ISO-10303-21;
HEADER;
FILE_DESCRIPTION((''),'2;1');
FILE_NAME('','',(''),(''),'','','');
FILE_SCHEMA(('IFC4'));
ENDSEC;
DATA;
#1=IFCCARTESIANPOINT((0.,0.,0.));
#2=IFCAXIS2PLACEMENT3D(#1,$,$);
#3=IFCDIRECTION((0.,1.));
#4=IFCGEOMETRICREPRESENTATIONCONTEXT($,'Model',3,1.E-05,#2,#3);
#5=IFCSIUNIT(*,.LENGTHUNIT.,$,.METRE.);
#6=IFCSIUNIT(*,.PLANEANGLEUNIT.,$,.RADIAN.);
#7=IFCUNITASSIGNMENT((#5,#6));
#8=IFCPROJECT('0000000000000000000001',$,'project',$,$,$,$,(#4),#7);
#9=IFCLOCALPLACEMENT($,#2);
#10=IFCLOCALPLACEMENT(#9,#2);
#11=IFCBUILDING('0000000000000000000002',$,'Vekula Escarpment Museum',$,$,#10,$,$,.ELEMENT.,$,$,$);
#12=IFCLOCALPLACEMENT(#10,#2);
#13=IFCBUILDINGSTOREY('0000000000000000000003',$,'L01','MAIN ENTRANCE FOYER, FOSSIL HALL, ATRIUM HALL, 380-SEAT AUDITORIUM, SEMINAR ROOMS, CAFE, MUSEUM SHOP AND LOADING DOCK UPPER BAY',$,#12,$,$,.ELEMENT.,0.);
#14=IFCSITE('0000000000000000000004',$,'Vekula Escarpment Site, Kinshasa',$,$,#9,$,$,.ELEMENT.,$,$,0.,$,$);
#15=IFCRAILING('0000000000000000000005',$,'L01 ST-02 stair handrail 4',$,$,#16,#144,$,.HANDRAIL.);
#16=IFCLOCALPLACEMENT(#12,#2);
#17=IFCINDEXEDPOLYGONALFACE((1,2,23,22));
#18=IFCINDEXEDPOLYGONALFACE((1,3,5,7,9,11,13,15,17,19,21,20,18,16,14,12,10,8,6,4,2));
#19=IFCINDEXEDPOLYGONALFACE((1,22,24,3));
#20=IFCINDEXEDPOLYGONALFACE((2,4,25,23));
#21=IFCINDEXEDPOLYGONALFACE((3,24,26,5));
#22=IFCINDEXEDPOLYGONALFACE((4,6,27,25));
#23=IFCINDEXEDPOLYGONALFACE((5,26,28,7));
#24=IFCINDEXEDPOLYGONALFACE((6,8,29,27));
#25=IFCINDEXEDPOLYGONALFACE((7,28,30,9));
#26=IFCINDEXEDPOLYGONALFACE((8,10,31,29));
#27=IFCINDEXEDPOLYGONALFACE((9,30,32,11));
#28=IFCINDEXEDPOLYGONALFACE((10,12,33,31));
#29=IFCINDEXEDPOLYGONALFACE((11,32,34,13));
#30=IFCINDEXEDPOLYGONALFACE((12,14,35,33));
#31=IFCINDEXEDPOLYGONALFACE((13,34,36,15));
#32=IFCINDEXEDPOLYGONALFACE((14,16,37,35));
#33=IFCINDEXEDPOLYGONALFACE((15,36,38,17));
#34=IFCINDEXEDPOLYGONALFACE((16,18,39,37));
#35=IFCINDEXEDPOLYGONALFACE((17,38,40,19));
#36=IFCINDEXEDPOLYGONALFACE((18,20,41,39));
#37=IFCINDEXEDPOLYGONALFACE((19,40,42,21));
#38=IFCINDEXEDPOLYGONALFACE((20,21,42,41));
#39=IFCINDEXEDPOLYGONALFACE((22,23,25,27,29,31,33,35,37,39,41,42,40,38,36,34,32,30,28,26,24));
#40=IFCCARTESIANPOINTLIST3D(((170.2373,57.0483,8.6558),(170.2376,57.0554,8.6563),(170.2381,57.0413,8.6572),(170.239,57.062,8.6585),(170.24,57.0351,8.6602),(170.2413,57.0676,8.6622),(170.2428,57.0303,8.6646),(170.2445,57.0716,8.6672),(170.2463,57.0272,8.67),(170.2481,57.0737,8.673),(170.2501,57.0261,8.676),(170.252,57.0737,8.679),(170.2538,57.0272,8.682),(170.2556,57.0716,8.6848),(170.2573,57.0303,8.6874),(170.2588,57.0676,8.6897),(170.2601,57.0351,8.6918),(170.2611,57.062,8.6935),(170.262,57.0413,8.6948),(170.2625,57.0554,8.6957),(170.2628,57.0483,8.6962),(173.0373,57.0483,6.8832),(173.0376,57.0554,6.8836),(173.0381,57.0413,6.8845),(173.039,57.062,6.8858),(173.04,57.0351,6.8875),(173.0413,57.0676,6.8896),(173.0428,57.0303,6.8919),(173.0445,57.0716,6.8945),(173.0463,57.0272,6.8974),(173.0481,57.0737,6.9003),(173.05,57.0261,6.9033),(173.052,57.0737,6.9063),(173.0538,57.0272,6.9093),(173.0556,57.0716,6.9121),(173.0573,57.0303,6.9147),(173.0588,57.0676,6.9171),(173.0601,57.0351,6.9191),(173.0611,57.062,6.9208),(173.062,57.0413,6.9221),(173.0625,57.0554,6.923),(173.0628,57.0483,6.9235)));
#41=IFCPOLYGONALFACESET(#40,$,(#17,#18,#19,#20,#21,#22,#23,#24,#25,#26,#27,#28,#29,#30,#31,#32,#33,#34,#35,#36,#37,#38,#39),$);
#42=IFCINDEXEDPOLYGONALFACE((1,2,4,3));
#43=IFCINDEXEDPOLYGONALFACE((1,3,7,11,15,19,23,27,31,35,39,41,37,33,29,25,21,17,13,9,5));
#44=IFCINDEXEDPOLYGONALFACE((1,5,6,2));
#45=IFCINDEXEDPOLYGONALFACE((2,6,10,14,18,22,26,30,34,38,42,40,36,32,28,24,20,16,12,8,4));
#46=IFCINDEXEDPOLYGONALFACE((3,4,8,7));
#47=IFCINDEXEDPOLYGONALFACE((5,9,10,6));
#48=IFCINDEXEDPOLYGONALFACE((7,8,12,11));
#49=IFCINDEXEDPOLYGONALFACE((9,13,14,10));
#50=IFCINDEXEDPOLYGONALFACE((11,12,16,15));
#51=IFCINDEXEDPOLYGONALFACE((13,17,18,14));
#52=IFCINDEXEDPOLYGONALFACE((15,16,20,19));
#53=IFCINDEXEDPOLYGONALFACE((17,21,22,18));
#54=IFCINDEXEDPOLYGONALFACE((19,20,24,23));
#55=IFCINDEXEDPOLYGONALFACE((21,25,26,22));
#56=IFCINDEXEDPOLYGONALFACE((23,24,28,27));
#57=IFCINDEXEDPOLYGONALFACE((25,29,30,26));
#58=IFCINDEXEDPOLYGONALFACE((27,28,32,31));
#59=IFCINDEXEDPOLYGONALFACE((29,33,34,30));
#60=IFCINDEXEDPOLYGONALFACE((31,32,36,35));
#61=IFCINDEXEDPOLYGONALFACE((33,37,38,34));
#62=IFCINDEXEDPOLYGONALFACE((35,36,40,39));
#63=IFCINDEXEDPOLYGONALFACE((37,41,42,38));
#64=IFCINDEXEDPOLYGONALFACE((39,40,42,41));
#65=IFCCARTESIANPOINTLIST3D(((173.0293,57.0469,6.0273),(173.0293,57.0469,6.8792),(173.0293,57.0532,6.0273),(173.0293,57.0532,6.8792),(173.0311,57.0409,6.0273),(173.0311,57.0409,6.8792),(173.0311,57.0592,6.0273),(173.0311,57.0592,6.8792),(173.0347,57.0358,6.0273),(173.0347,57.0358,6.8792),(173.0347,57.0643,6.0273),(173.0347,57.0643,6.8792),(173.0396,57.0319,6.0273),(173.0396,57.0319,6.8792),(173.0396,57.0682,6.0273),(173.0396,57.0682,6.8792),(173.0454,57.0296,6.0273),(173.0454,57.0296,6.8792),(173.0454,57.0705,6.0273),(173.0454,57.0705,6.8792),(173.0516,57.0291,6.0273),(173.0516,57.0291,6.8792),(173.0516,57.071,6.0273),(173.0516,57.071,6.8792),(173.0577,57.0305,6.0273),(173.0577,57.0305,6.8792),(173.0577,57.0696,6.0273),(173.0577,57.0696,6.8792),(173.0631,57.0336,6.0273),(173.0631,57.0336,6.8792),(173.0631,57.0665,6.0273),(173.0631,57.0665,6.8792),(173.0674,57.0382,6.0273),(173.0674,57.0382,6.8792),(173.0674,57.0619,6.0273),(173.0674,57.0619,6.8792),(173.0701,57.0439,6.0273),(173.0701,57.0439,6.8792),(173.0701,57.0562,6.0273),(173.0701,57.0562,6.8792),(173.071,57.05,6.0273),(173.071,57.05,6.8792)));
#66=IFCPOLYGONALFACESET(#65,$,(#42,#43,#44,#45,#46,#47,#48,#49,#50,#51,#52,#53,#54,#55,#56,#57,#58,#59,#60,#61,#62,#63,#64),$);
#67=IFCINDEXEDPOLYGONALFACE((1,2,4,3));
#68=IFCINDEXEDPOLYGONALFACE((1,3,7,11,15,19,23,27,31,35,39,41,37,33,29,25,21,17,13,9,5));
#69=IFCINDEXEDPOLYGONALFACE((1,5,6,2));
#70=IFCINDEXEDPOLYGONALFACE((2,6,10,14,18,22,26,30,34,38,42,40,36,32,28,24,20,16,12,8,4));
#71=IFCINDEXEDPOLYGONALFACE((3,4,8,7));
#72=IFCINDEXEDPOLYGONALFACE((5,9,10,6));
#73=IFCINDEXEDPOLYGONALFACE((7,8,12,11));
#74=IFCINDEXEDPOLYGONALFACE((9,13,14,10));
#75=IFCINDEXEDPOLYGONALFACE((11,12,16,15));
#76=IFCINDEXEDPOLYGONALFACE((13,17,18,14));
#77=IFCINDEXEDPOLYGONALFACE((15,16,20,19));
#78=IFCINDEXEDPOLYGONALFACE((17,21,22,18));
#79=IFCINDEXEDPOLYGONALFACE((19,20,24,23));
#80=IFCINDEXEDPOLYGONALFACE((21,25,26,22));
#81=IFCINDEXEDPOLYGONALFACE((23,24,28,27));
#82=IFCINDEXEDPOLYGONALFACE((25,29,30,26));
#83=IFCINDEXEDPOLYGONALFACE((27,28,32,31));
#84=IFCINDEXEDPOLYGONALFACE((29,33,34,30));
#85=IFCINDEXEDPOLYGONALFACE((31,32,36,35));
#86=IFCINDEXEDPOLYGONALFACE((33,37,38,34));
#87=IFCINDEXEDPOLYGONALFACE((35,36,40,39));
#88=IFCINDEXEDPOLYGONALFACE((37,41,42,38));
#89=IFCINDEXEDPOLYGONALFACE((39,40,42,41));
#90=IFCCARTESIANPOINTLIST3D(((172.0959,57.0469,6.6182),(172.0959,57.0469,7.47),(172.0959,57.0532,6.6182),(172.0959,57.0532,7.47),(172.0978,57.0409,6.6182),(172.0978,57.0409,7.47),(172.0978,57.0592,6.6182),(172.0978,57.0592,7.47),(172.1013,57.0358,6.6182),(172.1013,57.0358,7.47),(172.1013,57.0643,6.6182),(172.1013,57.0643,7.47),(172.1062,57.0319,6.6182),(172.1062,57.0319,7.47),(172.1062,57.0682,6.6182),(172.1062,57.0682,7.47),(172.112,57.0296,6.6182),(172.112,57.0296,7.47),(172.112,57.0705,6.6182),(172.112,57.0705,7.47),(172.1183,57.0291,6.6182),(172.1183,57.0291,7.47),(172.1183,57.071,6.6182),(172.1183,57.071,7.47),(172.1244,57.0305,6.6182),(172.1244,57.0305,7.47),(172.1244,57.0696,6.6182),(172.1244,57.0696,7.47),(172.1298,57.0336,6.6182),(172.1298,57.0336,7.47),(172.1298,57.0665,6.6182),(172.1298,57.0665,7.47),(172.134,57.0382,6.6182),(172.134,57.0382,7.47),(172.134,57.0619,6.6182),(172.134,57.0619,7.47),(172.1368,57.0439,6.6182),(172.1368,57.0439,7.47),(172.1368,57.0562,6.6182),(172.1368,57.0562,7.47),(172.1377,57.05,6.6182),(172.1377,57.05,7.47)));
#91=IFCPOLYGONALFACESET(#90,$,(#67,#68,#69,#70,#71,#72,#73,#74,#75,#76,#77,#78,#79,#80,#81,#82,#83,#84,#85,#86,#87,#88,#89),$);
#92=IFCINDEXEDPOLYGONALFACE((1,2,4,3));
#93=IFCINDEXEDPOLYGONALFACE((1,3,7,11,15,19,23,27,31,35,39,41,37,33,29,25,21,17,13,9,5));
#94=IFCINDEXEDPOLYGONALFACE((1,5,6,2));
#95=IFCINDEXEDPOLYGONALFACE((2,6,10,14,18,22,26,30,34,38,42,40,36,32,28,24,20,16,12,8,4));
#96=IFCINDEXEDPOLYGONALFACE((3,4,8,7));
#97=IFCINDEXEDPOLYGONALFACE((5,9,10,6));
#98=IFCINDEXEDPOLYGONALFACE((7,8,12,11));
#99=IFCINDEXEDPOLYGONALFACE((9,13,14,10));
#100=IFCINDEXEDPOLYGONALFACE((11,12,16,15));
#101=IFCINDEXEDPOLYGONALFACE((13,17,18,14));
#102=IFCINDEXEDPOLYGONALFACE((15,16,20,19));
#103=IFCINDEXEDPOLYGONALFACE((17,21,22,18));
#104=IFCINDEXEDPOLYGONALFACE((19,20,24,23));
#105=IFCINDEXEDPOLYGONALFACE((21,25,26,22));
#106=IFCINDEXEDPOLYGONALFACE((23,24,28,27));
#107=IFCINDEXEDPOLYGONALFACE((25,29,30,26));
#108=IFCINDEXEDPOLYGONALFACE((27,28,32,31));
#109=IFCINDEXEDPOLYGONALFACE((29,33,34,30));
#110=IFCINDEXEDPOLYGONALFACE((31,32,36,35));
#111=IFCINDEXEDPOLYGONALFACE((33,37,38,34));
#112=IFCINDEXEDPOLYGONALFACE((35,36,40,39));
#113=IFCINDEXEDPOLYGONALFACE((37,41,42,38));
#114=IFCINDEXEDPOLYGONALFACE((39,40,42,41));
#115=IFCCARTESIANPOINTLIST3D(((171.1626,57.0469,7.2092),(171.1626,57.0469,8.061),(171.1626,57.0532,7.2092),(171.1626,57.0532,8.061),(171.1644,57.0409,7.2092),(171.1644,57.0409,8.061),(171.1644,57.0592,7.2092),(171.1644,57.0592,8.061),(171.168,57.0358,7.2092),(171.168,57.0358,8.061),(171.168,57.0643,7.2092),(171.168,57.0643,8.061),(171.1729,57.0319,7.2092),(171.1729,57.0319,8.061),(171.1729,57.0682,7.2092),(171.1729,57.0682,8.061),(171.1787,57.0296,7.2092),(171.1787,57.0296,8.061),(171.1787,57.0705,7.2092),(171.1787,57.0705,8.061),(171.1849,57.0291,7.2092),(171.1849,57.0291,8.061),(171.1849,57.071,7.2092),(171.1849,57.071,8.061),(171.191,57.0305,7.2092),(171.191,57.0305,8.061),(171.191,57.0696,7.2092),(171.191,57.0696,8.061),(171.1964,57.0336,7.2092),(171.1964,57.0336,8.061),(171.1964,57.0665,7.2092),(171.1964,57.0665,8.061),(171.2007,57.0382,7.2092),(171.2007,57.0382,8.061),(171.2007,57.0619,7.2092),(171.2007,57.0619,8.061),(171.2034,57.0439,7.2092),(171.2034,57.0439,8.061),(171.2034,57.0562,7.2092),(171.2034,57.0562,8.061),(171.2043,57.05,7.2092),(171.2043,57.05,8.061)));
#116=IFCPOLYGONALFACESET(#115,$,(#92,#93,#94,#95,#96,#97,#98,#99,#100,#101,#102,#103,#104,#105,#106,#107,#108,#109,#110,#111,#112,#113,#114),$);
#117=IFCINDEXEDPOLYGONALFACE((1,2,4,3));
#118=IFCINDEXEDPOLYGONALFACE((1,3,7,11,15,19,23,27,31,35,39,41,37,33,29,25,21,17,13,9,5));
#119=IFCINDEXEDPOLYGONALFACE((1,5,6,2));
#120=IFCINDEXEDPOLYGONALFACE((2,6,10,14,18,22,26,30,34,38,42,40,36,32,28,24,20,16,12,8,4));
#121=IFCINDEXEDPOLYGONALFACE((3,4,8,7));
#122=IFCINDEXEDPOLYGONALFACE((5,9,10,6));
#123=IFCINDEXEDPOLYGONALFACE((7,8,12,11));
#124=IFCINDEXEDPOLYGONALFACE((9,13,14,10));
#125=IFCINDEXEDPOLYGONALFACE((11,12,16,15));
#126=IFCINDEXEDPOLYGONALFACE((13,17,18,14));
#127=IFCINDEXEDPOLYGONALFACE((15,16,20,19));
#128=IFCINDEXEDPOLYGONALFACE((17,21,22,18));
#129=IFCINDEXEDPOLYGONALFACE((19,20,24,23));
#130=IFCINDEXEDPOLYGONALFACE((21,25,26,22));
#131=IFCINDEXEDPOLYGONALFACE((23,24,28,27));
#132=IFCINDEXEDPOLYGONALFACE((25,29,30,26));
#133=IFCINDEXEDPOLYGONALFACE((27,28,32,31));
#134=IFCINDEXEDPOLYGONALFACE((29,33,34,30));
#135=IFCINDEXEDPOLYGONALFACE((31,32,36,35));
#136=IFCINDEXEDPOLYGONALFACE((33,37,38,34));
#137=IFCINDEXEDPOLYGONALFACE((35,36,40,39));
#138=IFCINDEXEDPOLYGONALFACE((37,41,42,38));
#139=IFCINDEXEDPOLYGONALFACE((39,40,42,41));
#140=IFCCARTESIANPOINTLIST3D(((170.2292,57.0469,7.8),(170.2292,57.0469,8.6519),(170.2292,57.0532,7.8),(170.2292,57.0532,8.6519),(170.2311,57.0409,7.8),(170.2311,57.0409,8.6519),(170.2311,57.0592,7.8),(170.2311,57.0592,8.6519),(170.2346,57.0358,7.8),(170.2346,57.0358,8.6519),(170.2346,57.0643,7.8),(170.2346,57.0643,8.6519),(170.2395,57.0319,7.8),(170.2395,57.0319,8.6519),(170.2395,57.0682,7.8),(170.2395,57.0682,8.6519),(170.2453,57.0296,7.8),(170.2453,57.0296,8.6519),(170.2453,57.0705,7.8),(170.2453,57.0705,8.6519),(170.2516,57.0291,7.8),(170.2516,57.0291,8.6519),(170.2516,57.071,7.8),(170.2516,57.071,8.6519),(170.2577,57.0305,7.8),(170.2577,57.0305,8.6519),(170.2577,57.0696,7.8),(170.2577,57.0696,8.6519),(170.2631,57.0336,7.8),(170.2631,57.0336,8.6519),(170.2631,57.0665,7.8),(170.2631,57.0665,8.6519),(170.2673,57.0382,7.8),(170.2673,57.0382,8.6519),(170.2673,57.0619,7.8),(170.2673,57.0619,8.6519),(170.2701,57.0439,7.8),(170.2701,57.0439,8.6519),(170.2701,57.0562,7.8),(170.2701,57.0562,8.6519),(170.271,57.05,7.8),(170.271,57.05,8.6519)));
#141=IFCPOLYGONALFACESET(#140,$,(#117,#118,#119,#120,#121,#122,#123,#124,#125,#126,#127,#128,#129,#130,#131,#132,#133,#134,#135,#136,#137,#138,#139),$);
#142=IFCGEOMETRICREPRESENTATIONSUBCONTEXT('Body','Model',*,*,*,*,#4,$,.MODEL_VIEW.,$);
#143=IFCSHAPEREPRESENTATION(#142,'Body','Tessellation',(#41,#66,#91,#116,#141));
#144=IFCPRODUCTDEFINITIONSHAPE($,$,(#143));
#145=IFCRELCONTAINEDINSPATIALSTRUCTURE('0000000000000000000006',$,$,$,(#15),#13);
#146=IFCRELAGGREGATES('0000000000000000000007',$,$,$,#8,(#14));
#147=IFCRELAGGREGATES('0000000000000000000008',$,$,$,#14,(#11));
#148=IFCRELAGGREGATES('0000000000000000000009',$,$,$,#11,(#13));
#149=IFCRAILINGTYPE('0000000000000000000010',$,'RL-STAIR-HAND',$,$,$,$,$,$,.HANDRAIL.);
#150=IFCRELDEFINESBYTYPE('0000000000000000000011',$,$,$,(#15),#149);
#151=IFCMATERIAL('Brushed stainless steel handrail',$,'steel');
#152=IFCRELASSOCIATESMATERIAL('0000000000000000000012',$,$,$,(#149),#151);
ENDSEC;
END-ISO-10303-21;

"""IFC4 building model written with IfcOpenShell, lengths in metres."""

from ifc_helpers import new_model, si_unit, direction, frame, origin, origin_2d, place, context, subcontext, project, spatial, circle, extrude, material, type_object, element, save


model = new_model("IFC4")

# Units and contexts
model_context = context("Model", 3, precision=1e-05, world=origin(), true_north=direction((0.0, 1.0)))
body_context = subcontext(model_context, "Body", "Model", "MODEL_VIEW")
ifc_project = project(units=[si_unit("LENGTHUNIT", "METRE"), si_unit("PLANEANGLEUNIT", "RADIAN")], contexts=[model_context])

# Site, building, storey
site_placement = place(None, origin())
site = spatial("IfcSite", under=ifc_project, at=site_placement, Name="Vekula Escarpment Site, Kinshasa", CompositionType="ELEMENT", RefElevation=0.0)
building_placement = place(site_placement, origin())
building = spatial("IfcBuilding", under=site, at=building_placement, Name="Vekula Escarpment Museum", CompositionType="ELEMENT")
storey_placement = place(building_placement, origin())
storey = spatial("IfcBuildingStorey", under=building, at=storey_placement, Name="L01", Description="MAIN ENTRANCE FOYER, FOSSIL HALL, ATRIUM HALL, 380-SEAT AUDITORIUM, SEMINAR ROOMS, CAFE, MUSEUM SHOP AND LOADING DOCK UPPER BAY", CompositionType="ELEMENT", Elevation=0.0)

# Railing
ifc_material_1 = material(Name="Brushed stainless steel handrail", Category="steel")
railing_type_1 = type_object("IfcRailingType", Name="RL-STAIR-HAND", PredefinedType="HANDRAIL", material=ifc_material_1)
for number, where, name in (
    (1, (173.05, 57.05, 6.0273), "L01 ST-02 stair handrail 4"),
):
    element("IfcRailing", number, at=place(storey_placement, frame(where)), inside=storey, type_object=railing_type_1, Name=name, PredefinedType="HANDRAIL", context=body_context, shape_type="SweptSolid", body=[
        extrude(circle(Radius=0.0239, at=origin_2d()), frame((0.0, 0.0, 0.876), z_axis=(-0.844909, 0.0, 0.53491), x_axis=(0.0, -1.0, 0.0)), (0.0, 0.0, 1.0), 3.314),
        extrude(circle(Radius=0.021, at=origin_2d()), origin(), (0.0, 0.0, 1.0), 0.8518),
        extrude(circle(Radius=0.021, at=origin_2d()), frame((-0.9333, 0.0, 0.5908)), (0.0, 0.0, 1.0), 0.8518),
        extrude(circle(Radius=0.021, at=origin_2d()), frame((-1.8667, 0.0, 1.1819)), (0.0, 0.0, 1.0), 0.8518),
        extrude(circle(Radius=0.021, at=origin_2d()), frame((-2.8, 0.0, 1.7727)), (0.0, 0.0, 1.0), 0.8518),
    ])

save(model, "model.ifc")
